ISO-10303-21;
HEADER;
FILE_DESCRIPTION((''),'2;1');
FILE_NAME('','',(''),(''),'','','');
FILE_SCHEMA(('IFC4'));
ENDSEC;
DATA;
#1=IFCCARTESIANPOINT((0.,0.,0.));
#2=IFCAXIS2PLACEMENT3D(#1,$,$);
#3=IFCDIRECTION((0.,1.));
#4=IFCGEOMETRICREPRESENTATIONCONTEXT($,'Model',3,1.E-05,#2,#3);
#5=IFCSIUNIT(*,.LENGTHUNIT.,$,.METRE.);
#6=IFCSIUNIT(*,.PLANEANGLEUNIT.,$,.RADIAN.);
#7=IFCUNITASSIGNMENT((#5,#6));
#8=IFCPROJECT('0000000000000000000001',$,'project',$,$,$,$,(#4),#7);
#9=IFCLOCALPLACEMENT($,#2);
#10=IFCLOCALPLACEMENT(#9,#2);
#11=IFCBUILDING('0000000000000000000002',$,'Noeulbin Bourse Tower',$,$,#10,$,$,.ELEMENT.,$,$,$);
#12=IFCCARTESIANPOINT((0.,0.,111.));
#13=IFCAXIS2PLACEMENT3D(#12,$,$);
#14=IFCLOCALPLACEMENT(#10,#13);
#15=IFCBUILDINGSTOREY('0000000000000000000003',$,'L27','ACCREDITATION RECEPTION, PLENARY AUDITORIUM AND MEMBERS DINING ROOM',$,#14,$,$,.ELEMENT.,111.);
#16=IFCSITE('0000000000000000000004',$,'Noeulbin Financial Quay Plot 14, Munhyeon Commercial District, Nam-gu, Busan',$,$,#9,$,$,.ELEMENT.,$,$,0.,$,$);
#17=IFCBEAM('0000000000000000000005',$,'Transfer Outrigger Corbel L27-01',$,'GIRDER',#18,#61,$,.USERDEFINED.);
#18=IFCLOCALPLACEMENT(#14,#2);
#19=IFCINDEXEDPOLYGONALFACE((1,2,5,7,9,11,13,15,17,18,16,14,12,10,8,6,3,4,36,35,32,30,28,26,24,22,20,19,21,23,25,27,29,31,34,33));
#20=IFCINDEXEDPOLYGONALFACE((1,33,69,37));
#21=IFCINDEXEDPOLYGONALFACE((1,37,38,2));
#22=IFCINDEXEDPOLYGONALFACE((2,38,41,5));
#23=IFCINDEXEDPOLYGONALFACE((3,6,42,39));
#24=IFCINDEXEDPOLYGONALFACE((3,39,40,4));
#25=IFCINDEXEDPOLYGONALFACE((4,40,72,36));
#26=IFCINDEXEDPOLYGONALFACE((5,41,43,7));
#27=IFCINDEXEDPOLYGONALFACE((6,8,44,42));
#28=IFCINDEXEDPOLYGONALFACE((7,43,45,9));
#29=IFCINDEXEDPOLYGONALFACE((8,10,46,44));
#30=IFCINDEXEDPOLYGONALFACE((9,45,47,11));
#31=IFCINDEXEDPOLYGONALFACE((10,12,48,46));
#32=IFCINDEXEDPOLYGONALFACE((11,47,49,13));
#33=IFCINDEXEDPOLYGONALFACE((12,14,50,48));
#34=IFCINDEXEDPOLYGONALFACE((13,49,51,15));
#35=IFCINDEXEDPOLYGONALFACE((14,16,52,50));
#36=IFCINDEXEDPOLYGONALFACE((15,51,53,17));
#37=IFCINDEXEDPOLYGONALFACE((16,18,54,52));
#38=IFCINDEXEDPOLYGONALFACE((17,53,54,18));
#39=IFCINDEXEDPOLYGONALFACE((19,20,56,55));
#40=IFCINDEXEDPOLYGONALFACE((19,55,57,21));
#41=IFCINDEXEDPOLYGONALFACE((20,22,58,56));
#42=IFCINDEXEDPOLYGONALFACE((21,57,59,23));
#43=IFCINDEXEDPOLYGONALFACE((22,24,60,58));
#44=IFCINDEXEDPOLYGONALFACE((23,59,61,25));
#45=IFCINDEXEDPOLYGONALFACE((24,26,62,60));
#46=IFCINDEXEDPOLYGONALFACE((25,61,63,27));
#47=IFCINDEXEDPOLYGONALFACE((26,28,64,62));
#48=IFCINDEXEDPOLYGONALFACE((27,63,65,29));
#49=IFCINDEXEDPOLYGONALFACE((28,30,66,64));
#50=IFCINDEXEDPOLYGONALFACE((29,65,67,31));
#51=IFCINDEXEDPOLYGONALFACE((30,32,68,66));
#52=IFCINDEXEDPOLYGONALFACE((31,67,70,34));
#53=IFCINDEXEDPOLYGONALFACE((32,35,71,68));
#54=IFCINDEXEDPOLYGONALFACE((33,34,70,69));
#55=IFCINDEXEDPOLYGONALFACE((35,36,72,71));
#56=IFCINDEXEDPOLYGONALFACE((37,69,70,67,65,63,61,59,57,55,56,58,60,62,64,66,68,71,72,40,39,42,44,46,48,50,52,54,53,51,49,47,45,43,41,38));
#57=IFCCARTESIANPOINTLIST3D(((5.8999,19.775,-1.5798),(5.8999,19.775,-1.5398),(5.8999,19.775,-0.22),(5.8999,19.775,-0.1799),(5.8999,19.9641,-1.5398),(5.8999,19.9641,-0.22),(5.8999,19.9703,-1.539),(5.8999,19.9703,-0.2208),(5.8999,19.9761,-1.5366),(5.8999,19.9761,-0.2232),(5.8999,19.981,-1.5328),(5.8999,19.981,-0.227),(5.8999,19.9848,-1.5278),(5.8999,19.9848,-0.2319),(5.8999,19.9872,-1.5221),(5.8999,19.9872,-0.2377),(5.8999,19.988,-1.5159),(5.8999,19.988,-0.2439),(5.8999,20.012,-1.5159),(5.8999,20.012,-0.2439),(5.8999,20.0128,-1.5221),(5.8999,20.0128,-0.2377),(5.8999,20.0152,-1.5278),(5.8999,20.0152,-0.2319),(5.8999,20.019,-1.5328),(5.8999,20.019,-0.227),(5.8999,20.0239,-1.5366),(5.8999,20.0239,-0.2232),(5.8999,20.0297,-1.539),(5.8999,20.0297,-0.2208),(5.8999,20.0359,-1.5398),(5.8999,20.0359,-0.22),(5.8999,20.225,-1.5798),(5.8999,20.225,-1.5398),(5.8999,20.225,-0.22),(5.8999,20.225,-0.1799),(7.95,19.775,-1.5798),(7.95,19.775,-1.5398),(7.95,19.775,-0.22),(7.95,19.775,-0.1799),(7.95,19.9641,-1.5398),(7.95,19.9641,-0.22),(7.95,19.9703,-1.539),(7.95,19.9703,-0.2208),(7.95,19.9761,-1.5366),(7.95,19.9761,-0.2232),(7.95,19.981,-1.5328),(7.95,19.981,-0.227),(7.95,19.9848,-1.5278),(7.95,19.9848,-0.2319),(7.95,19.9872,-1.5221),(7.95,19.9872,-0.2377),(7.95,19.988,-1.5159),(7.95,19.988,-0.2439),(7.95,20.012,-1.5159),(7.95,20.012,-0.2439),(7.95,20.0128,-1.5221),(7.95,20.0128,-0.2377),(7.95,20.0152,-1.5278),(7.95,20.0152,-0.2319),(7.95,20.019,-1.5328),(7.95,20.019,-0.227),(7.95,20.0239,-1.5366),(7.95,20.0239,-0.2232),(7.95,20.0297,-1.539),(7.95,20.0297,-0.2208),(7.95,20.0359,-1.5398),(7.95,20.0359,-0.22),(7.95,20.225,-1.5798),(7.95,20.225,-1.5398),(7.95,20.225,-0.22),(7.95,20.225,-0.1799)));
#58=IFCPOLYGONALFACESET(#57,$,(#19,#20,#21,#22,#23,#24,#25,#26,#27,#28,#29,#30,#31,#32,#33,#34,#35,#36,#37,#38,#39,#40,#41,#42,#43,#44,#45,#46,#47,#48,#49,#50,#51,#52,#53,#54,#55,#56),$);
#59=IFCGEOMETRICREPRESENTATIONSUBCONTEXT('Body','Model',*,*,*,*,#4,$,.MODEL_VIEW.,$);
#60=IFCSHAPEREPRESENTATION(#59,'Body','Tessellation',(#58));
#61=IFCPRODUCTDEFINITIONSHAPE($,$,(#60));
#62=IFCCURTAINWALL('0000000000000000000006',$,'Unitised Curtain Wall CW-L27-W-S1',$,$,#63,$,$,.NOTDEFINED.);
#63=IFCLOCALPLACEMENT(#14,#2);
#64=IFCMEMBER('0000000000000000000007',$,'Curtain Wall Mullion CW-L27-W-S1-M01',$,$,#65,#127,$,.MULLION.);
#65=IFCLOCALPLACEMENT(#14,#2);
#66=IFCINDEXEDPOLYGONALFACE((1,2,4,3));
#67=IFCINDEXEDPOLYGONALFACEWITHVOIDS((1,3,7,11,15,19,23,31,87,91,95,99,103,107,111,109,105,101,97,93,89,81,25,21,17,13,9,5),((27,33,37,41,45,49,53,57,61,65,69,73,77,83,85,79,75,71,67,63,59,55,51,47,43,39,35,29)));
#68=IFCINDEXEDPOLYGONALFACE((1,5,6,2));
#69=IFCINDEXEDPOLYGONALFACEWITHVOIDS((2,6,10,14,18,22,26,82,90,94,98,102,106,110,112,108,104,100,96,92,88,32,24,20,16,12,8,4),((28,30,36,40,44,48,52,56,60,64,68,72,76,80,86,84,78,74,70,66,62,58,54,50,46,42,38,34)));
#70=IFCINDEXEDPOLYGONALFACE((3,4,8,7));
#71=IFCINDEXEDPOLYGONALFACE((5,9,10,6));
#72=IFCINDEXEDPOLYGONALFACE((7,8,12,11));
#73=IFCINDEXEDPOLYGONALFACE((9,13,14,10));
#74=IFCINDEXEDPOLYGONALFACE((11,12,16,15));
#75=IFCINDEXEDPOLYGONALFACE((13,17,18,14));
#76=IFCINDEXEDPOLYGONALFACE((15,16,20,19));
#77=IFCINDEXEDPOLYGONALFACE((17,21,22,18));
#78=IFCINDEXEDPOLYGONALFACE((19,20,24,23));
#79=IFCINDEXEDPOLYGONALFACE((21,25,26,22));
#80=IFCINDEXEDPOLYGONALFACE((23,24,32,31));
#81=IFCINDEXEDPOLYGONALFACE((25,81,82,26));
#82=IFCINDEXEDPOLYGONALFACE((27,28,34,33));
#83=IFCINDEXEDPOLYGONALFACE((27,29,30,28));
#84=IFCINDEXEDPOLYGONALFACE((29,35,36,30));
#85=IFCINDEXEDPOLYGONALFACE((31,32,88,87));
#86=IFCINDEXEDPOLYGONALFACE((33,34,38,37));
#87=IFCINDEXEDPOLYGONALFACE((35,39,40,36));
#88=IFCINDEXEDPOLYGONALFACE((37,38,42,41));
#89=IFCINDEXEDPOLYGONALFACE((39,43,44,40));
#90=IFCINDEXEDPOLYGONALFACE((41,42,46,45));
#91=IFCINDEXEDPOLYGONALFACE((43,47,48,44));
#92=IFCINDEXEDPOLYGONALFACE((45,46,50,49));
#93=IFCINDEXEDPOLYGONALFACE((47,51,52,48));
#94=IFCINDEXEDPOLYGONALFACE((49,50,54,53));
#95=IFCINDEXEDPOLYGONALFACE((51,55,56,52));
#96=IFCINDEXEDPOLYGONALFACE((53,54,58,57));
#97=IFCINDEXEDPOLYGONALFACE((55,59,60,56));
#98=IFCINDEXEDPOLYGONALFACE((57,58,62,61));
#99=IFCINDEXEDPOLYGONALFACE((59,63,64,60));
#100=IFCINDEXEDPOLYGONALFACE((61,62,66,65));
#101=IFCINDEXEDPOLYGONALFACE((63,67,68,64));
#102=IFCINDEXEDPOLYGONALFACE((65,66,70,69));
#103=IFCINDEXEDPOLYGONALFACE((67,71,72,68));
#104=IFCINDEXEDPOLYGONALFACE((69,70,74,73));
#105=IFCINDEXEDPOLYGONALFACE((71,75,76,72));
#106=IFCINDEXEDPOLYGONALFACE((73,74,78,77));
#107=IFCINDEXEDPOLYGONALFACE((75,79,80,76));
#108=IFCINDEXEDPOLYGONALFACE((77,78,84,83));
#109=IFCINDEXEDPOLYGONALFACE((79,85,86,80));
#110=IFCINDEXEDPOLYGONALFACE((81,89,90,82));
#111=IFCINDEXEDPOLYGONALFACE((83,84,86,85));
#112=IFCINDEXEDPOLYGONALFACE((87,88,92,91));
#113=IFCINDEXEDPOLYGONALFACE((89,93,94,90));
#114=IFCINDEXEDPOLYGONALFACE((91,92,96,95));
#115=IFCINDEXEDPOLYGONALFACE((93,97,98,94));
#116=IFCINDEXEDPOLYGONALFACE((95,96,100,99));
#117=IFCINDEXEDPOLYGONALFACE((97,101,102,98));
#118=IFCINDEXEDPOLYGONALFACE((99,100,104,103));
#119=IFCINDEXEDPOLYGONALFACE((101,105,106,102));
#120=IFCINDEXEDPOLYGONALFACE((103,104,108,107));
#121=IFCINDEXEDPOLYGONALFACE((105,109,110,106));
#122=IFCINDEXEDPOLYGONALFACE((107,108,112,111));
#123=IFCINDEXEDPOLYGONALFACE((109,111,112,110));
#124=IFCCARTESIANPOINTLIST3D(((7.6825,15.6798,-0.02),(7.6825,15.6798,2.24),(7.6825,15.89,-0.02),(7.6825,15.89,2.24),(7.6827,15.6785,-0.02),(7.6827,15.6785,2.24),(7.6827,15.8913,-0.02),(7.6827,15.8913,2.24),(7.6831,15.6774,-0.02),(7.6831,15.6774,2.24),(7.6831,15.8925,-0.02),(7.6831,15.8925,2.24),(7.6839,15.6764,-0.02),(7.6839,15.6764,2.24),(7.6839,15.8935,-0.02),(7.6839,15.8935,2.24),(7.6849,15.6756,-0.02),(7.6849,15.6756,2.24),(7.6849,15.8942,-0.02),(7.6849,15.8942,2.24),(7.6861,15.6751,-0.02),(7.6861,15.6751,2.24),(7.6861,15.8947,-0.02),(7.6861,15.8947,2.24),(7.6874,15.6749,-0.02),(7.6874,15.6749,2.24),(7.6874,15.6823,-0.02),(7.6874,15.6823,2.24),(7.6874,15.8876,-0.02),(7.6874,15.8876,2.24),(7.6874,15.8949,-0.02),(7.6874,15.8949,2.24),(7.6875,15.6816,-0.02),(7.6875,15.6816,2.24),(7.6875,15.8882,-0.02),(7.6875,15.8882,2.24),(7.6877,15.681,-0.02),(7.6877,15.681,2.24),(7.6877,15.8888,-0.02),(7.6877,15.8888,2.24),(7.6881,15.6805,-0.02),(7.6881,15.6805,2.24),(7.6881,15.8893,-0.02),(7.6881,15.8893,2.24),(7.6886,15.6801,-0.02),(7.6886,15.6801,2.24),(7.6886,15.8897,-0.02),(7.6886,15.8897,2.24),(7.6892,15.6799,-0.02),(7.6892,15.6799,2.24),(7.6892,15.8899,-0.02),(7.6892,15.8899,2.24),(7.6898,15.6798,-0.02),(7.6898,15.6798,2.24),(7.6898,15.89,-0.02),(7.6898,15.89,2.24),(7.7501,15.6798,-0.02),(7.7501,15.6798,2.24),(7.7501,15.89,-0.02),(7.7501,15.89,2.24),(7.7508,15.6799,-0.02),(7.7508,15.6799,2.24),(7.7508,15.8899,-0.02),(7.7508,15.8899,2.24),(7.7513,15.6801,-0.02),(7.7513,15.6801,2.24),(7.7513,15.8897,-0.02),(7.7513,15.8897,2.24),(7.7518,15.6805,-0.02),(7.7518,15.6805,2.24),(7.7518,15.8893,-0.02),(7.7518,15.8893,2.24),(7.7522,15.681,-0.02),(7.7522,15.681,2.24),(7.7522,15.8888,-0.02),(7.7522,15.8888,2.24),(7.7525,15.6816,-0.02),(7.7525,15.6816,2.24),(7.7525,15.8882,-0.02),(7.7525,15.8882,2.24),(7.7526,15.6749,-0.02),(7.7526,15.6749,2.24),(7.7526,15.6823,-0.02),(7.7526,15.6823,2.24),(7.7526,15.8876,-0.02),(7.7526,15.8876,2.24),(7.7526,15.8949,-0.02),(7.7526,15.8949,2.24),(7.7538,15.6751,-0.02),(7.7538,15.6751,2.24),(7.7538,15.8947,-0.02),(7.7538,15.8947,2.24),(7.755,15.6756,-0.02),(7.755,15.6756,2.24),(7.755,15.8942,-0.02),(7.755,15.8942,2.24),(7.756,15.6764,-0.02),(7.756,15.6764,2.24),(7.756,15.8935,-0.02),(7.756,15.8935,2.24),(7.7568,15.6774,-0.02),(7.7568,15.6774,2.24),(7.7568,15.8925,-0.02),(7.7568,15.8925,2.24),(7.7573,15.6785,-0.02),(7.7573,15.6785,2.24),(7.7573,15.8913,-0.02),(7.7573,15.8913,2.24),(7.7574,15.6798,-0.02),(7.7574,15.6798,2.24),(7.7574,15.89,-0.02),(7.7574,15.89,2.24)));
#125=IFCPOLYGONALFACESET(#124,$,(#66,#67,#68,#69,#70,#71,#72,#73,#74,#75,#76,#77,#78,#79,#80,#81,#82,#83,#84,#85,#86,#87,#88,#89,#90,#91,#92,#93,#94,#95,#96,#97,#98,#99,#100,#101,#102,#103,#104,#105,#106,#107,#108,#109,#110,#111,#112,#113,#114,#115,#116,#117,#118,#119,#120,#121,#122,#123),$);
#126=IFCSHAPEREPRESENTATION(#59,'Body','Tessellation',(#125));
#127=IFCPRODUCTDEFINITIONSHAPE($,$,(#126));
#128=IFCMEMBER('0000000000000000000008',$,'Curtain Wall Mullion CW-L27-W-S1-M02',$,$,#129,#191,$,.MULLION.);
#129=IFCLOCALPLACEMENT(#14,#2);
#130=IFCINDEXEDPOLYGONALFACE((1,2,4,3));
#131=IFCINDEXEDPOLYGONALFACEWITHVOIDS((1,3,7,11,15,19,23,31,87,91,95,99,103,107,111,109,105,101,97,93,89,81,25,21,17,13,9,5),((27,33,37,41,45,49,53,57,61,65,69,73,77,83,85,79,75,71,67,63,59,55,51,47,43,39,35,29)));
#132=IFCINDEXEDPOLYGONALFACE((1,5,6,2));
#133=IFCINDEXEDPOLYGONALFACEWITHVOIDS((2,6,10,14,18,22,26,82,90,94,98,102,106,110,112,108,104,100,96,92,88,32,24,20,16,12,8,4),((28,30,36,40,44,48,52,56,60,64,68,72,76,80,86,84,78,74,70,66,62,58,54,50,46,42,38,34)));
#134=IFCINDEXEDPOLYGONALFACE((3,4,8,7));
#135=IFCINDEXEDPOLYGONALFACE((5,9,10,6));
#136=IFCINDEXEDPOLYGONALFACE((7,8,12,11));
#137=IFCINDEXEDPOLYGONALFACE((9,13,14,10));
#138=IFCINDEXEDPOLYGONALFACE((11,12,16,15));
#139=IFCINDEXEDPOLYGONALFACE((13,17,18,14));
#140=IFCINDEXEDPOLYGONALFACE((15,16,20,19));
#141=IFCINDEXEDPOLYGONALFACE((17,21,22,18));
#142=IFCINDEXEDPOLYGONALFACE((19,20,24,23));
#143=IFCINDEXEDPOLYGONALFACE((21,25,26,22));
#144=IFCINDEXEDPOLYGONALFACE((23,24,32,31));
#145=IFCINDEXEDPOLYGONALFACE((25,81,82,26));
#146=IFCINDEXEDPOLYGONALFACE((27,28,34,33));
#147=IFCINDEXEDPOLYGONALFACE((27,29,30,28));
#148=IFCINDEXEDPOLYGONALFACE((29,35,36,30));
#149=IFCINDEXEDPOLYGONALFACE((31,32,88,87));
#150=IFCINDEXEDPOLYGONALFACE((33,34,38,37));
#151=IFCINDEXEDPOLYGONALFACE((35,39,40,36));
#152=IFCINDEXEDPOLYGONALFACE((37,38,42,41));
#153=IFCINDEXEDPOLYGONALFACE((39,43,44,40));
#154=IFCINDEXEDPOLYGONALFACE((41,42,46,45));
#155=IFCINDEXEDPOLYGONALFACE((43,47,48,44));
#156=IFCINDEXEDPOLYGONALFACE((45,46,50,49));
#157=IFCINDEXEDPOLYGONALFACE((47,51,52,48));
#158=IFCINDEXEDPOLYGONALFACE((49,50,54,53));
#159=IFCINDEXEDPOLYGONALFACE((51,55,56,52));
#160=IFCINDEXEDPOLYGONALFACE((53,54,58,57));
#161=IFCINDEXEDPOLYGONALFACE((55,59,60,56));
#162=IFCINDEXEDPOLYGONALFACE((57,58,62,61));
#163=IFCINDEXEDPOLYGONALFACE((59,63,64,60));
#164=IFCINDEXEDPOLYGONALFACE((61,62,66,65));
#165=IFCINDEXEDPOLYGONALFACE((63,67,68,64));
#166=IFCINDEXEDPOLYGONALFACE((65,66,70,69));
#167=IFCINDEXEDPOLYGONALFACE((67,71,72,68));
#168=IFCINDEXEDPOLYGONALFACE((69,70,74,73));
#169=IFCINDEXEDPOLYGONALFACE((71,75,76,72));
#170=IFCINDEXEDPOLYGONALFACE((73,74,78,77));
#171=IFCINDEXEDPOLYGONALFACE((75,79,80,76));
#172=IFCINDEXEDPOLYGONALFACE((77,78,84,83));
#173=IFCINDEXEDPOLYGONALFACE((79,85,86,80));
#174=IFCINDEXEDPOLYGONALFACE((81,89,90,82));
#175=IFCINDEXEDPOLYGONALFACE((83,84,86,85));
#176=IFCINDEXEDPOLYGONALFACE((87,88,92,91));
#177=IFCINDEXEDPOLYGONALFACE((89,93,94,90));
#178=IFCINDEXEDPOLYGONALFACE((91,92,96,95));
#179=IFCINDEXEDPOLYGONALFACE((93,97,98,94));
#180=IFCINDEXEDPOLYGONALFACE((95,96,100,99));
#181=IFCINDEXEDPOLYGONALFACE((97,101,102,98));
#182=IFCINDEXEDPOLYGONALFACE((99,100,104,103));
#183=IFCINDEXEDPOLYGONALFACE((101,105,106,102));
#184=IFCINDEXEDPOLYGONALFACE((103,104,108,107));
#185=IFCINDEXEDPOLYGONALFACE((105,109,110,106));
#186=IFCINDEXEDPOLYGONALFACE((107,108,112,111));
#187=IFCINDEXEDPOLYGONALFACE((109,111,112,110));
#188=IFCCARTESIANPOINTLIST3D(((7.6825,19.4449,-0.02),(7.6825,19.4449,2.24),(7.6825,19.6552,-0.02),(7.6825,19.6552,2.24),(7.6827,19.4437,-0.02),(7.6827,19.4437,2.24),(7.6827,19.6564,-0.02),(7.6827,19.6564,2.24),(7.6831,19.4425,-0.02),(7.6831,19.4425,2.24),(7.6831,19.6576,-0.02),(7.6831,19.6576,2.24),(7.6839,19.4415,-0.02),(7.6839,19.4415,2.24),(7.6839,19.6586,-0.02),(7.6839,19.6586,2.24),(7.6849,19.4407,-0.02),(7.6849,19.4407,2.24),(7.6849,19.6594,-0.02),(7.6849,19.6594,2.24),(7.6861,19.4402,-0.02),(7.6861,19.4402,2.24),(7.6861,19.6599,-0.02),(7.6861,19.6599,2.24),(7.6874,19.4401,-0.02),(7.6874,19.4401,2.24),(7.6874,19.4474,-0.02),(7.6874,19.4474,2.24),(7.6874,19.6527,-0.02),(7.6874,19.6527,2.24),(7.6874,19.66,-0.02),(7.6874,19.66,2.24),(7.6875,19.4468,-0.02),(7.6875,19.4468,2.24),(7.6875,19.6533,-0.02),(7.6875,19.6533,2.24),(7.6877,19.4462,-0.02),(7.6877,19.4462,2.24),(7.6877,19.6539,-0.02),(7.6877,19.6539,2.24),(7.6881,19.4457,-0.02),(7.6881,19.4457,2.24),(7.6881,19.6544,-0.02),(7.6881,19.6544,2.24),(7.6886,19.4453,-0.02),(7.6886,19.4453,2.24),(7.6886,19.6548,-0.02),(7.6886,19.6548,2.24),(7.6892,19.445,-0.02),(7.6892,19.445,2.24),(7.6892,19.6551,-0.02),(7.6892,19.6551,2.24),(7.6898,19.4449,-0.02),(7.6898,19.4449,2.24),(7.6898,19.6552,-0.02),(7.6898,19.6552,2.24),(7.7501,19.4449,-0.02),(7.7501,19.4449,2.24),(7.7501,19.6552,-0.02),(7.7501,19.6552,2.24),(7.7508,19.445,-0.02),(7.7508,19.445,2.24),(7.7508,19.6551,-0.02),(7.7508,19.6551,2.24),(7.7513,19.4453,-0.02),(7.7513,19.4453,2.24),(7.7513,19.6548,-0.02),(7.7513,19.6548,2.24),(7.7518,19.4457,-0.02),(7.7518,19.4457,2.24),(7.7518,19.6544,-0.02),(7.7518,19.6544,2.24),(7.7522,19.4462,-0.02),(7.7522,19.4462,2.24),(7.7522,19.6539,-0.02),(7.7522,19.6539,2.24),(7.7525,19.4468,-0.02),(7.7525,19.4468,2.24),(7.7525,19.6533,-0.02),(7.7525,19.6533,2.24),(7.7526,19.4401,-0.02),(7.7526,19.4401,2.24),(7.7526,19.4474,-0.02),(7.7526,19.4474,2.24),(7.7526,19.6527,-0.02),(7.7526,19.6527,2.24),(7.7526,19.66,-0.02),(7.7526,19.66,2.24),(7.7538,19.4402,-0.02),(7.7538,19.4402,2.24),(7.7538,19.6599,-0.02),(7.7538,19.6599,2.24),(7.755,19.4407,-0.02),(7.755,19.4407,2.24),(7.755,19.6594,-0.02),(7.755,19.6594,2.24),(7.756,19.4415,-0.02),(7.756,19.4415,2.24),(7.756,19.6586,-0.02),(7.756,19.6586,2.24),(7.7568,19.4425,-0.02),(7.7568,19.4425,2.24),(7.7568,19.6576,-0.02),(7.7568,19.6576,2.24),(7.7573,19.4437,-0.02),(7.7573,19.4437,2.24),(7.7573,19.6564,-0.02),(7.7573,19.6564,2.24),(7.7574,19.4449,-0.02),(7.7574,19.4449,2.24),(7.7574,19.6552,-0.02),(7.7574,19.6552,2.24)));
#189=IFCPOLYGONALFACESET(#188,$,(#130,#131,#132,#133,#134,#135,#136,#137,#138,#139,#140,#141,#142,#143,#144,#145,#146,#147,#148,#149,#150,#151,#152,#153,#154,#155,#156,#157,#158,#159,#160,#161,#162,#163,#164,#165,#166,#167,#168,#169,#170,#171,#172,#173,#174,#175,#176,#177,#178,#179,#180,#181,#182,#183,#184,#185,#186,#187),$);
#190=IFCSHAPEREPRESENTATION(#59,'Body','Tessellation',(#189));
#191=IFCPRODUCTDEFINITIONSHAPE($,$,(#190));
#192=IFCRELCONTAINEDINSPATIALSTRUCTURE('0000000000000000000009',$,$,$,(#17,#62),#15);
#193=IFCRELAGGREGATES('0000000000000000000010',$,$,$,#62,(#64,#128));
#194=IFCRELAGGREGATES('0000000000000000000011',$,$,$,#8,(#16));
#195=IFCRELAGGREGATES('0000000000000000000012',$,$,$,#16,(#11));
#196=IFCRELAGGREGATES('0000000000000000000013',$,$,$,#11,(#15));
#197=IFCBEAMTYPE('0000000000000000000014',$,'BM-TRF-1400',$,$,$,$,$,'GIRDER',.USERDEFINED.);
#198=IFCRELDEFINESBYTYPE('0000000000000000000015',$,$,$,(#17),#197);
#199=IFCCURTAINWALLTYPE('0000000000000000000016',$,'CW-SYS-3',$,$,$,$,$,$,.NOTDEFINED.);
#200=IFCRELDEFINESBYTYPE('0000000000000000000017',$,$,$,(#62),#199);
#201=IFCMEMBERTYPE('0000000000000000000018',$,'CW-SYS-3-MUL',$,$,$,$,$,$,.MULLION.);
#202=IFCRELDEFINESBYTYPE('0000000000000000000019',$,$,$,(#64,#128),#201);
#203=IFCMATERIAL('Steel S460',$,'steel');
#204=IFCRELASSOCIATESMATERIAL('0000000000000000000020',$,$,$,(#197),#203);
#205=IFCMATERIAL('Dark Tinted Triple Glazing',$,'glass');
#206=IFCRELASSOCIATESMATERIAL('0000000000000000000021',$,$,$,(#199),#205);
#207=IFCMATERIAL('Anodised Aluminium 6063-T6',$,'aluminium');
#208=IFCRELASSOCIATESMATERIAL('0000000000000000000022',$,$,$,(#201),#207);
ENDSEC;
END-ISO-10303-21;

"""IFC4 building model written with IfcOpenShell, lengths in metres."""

from ifc_helpers import new_model, si_unit, direction, frame, origin, origin_2d, place, context, subcontext, project, spatial, hollow_rectangle, i_section, extrude, material, material_profile, profile_set, type_object, element, aggregate, save


model = new_model("IFC4")

# Units and contexts
model_context = context("Model", 3, precision=1e-05, world=origin(), true_north=direction((0.0, 1.0)))
body_context = subcontext(model_context, "Body", "Model", "MODEL_VIEW")
ifc_project = project(units=[si_unit("LENGTHUNIT", "METRE"), si_unit("PLANEANGLEUNIT", "RADIAN")], contexts=[model_context])

# Site, building, storey
site_placement = place(None, origin())
site = spatial("IfcSite", under=ifc_project, at=site_placement, Name="Noeulbin Financial Quay Plot 14, Munhyeon Commercial District, Nam-gu, Busan", CompositionType="ELEMENT", RefElevation=0.0)
building_placement = place(site_placement, origin())
building = spatial("IfcBuilding", under=site, at=building_placement, Name="Noeulbin Bourse Tower", CompositionType="ELEMENT")
storey_placement = place(building_placement, frame((0.0, 0.0, 111.0)))
storey = spatial("IfcBuildingStorey", under=building, at=storey_placement, Name="L27", Description="ACCREDITATION RECEPTION, PLENARY AUDITORIUM AND MEMBERS DINING ROOM", CompositionType="ELEMENT", Elevation=111.0)

# Shared definitions
ifc_material_1 = material(Name="Steel S460", Category="steel")

# Beam
ifc_material_profile_1 = material_profile(ifc_material_1, i_section(OverallWidth=0.45, OverallDepth=1.3999, WebThickness=0.0239, FlangeThickness=0.04, FilletRadius=0.0239, at=origin_2d()), Name="PG-1400x450x24x40", Category="LoadBearing")
ifc_profile_set_1 = profile_set([ifc_material_profile_1], Name="Steel S460")
beam_type_1 = type_object("IfcBeamType", Name="BM-TRF-1400", ElementType="GIRDER", PredefinedType="USERDEFINED", material=ifc_profile_set_1)
beam_1_placement = place(storey_placement, frame((5.8999, 20.0, -0.8799), z_axis=(1.0, 0.0, 0.0), x_axis=(0.0, 1.0, 0.0)))
element("IfcBeam", 1, at=beam_1_placement, inside=storey, type_object=beam_type_1, Name="Transfer Outrigger Corbel L27-01", ObjectType="GIRDER", PredefinedType="USERDEFINED", context=body_context, shape_type="SweptSolid", body=[
    extrude(i_section(OverallWidth=0.45, OverallDepth=1.3999, WebThickness=0.0239, FlangeThickness=0.04, FilletRadius=0.0239, at=origin_2d()), origin(), (0.0, 0.0, 1.0), 2.05),
])

# Curtain wall, members
ifc_material_2 = material(Name="Dark Tinted Triple Glazing", Category="glass")
curtain_wall_type = type_object("IfcCurtainWallType", Name="CW-SYS-3", PredefinedType="NOTDEFINED", material=ifc_material_2)
curtain_wall_placement = place(storey_placement, origin())
curtain_wall = element("IfcCurtainWall", 2, at=curtain_wall_placement, inside=storey, type_object=curtain_wall_type, Name="Unitised Curtain Wall CW-L27-W-S1", PredefinedType="NOTDEFINED")
ifc_material_3 = material(Name="Anodised Aluminium 6063-T6", Category="aluminium")
ifc_material_profile_2 = material_profile(ifc_material_3, hollow_rectangle(XDim=0.075, YDim=0.22, WallThickness=0.0049, InnerFilletRadius=0.0024, OuterFilletRadius=0.0049, at=origin_2d()), Name="ALU-MULL-75x220x5", Category="LoadBearing")
ifc_profile_set_2 = profile_set([ifc_material_profile_2], Name="Anodised Aluminium 6063-T6")
member_type = type_object("IfcMemberType", Name="CW-SYS-3-MUL", PredefinedType="MULLION", material=ifc_profile_set_2)
member_1_placement = place(storey_placement, frame((7.72, 15.7849, -0.02), z_axis=(0.0, 0.0, 1.0), x_axis=(1.0, 0.0, 0.0)))
member_1 = element("IfcMember", 3, at=member_1_placement, type_object=member_type, Name="Curtain Wall Mullion CW-L27-W-S1-M01", PredefinedType="MULLION", context=body_context, shape_type="SweptSolid", body=[
    extrude(hollow_rectangle(XDim=0.075, YDim=0.22, WallThickness=0.0049, InnerFilletRadius=0.0024, OuterFilletRadius=0.0049, at=origin_2d()), origin(), (0.0, 0.0, 1.0), 2.26),
])
member_2_placement = place(storey_placement, frame((7.72, 19.55, -0.02), z_axis=(0.0, 0.0, 1.0), x_axis=(1.0, 0.0, 0.0)))
member_2 = element("IfcMember", 4, at=member_2_placement, type_object=member_type, Name="Curtain Wall Mullion CW-L27-W-S1-M02", PredefinedType="MULLION", context=body_context, shape_type="SweptSolid", body=[
    extrude(hollow_rectangle(XDim=0.075, YDim=0.22, WallThickness=0.0049, InnerFilletRadius=0.0024, OuterFilletRadius=0.0049, at=origin_2d()), origin(), (0.0, 0.0, 1.0), 2.26),
])
aggregate(curtain_wall, [member_1, member_2])

save(model, "model.ifc")
